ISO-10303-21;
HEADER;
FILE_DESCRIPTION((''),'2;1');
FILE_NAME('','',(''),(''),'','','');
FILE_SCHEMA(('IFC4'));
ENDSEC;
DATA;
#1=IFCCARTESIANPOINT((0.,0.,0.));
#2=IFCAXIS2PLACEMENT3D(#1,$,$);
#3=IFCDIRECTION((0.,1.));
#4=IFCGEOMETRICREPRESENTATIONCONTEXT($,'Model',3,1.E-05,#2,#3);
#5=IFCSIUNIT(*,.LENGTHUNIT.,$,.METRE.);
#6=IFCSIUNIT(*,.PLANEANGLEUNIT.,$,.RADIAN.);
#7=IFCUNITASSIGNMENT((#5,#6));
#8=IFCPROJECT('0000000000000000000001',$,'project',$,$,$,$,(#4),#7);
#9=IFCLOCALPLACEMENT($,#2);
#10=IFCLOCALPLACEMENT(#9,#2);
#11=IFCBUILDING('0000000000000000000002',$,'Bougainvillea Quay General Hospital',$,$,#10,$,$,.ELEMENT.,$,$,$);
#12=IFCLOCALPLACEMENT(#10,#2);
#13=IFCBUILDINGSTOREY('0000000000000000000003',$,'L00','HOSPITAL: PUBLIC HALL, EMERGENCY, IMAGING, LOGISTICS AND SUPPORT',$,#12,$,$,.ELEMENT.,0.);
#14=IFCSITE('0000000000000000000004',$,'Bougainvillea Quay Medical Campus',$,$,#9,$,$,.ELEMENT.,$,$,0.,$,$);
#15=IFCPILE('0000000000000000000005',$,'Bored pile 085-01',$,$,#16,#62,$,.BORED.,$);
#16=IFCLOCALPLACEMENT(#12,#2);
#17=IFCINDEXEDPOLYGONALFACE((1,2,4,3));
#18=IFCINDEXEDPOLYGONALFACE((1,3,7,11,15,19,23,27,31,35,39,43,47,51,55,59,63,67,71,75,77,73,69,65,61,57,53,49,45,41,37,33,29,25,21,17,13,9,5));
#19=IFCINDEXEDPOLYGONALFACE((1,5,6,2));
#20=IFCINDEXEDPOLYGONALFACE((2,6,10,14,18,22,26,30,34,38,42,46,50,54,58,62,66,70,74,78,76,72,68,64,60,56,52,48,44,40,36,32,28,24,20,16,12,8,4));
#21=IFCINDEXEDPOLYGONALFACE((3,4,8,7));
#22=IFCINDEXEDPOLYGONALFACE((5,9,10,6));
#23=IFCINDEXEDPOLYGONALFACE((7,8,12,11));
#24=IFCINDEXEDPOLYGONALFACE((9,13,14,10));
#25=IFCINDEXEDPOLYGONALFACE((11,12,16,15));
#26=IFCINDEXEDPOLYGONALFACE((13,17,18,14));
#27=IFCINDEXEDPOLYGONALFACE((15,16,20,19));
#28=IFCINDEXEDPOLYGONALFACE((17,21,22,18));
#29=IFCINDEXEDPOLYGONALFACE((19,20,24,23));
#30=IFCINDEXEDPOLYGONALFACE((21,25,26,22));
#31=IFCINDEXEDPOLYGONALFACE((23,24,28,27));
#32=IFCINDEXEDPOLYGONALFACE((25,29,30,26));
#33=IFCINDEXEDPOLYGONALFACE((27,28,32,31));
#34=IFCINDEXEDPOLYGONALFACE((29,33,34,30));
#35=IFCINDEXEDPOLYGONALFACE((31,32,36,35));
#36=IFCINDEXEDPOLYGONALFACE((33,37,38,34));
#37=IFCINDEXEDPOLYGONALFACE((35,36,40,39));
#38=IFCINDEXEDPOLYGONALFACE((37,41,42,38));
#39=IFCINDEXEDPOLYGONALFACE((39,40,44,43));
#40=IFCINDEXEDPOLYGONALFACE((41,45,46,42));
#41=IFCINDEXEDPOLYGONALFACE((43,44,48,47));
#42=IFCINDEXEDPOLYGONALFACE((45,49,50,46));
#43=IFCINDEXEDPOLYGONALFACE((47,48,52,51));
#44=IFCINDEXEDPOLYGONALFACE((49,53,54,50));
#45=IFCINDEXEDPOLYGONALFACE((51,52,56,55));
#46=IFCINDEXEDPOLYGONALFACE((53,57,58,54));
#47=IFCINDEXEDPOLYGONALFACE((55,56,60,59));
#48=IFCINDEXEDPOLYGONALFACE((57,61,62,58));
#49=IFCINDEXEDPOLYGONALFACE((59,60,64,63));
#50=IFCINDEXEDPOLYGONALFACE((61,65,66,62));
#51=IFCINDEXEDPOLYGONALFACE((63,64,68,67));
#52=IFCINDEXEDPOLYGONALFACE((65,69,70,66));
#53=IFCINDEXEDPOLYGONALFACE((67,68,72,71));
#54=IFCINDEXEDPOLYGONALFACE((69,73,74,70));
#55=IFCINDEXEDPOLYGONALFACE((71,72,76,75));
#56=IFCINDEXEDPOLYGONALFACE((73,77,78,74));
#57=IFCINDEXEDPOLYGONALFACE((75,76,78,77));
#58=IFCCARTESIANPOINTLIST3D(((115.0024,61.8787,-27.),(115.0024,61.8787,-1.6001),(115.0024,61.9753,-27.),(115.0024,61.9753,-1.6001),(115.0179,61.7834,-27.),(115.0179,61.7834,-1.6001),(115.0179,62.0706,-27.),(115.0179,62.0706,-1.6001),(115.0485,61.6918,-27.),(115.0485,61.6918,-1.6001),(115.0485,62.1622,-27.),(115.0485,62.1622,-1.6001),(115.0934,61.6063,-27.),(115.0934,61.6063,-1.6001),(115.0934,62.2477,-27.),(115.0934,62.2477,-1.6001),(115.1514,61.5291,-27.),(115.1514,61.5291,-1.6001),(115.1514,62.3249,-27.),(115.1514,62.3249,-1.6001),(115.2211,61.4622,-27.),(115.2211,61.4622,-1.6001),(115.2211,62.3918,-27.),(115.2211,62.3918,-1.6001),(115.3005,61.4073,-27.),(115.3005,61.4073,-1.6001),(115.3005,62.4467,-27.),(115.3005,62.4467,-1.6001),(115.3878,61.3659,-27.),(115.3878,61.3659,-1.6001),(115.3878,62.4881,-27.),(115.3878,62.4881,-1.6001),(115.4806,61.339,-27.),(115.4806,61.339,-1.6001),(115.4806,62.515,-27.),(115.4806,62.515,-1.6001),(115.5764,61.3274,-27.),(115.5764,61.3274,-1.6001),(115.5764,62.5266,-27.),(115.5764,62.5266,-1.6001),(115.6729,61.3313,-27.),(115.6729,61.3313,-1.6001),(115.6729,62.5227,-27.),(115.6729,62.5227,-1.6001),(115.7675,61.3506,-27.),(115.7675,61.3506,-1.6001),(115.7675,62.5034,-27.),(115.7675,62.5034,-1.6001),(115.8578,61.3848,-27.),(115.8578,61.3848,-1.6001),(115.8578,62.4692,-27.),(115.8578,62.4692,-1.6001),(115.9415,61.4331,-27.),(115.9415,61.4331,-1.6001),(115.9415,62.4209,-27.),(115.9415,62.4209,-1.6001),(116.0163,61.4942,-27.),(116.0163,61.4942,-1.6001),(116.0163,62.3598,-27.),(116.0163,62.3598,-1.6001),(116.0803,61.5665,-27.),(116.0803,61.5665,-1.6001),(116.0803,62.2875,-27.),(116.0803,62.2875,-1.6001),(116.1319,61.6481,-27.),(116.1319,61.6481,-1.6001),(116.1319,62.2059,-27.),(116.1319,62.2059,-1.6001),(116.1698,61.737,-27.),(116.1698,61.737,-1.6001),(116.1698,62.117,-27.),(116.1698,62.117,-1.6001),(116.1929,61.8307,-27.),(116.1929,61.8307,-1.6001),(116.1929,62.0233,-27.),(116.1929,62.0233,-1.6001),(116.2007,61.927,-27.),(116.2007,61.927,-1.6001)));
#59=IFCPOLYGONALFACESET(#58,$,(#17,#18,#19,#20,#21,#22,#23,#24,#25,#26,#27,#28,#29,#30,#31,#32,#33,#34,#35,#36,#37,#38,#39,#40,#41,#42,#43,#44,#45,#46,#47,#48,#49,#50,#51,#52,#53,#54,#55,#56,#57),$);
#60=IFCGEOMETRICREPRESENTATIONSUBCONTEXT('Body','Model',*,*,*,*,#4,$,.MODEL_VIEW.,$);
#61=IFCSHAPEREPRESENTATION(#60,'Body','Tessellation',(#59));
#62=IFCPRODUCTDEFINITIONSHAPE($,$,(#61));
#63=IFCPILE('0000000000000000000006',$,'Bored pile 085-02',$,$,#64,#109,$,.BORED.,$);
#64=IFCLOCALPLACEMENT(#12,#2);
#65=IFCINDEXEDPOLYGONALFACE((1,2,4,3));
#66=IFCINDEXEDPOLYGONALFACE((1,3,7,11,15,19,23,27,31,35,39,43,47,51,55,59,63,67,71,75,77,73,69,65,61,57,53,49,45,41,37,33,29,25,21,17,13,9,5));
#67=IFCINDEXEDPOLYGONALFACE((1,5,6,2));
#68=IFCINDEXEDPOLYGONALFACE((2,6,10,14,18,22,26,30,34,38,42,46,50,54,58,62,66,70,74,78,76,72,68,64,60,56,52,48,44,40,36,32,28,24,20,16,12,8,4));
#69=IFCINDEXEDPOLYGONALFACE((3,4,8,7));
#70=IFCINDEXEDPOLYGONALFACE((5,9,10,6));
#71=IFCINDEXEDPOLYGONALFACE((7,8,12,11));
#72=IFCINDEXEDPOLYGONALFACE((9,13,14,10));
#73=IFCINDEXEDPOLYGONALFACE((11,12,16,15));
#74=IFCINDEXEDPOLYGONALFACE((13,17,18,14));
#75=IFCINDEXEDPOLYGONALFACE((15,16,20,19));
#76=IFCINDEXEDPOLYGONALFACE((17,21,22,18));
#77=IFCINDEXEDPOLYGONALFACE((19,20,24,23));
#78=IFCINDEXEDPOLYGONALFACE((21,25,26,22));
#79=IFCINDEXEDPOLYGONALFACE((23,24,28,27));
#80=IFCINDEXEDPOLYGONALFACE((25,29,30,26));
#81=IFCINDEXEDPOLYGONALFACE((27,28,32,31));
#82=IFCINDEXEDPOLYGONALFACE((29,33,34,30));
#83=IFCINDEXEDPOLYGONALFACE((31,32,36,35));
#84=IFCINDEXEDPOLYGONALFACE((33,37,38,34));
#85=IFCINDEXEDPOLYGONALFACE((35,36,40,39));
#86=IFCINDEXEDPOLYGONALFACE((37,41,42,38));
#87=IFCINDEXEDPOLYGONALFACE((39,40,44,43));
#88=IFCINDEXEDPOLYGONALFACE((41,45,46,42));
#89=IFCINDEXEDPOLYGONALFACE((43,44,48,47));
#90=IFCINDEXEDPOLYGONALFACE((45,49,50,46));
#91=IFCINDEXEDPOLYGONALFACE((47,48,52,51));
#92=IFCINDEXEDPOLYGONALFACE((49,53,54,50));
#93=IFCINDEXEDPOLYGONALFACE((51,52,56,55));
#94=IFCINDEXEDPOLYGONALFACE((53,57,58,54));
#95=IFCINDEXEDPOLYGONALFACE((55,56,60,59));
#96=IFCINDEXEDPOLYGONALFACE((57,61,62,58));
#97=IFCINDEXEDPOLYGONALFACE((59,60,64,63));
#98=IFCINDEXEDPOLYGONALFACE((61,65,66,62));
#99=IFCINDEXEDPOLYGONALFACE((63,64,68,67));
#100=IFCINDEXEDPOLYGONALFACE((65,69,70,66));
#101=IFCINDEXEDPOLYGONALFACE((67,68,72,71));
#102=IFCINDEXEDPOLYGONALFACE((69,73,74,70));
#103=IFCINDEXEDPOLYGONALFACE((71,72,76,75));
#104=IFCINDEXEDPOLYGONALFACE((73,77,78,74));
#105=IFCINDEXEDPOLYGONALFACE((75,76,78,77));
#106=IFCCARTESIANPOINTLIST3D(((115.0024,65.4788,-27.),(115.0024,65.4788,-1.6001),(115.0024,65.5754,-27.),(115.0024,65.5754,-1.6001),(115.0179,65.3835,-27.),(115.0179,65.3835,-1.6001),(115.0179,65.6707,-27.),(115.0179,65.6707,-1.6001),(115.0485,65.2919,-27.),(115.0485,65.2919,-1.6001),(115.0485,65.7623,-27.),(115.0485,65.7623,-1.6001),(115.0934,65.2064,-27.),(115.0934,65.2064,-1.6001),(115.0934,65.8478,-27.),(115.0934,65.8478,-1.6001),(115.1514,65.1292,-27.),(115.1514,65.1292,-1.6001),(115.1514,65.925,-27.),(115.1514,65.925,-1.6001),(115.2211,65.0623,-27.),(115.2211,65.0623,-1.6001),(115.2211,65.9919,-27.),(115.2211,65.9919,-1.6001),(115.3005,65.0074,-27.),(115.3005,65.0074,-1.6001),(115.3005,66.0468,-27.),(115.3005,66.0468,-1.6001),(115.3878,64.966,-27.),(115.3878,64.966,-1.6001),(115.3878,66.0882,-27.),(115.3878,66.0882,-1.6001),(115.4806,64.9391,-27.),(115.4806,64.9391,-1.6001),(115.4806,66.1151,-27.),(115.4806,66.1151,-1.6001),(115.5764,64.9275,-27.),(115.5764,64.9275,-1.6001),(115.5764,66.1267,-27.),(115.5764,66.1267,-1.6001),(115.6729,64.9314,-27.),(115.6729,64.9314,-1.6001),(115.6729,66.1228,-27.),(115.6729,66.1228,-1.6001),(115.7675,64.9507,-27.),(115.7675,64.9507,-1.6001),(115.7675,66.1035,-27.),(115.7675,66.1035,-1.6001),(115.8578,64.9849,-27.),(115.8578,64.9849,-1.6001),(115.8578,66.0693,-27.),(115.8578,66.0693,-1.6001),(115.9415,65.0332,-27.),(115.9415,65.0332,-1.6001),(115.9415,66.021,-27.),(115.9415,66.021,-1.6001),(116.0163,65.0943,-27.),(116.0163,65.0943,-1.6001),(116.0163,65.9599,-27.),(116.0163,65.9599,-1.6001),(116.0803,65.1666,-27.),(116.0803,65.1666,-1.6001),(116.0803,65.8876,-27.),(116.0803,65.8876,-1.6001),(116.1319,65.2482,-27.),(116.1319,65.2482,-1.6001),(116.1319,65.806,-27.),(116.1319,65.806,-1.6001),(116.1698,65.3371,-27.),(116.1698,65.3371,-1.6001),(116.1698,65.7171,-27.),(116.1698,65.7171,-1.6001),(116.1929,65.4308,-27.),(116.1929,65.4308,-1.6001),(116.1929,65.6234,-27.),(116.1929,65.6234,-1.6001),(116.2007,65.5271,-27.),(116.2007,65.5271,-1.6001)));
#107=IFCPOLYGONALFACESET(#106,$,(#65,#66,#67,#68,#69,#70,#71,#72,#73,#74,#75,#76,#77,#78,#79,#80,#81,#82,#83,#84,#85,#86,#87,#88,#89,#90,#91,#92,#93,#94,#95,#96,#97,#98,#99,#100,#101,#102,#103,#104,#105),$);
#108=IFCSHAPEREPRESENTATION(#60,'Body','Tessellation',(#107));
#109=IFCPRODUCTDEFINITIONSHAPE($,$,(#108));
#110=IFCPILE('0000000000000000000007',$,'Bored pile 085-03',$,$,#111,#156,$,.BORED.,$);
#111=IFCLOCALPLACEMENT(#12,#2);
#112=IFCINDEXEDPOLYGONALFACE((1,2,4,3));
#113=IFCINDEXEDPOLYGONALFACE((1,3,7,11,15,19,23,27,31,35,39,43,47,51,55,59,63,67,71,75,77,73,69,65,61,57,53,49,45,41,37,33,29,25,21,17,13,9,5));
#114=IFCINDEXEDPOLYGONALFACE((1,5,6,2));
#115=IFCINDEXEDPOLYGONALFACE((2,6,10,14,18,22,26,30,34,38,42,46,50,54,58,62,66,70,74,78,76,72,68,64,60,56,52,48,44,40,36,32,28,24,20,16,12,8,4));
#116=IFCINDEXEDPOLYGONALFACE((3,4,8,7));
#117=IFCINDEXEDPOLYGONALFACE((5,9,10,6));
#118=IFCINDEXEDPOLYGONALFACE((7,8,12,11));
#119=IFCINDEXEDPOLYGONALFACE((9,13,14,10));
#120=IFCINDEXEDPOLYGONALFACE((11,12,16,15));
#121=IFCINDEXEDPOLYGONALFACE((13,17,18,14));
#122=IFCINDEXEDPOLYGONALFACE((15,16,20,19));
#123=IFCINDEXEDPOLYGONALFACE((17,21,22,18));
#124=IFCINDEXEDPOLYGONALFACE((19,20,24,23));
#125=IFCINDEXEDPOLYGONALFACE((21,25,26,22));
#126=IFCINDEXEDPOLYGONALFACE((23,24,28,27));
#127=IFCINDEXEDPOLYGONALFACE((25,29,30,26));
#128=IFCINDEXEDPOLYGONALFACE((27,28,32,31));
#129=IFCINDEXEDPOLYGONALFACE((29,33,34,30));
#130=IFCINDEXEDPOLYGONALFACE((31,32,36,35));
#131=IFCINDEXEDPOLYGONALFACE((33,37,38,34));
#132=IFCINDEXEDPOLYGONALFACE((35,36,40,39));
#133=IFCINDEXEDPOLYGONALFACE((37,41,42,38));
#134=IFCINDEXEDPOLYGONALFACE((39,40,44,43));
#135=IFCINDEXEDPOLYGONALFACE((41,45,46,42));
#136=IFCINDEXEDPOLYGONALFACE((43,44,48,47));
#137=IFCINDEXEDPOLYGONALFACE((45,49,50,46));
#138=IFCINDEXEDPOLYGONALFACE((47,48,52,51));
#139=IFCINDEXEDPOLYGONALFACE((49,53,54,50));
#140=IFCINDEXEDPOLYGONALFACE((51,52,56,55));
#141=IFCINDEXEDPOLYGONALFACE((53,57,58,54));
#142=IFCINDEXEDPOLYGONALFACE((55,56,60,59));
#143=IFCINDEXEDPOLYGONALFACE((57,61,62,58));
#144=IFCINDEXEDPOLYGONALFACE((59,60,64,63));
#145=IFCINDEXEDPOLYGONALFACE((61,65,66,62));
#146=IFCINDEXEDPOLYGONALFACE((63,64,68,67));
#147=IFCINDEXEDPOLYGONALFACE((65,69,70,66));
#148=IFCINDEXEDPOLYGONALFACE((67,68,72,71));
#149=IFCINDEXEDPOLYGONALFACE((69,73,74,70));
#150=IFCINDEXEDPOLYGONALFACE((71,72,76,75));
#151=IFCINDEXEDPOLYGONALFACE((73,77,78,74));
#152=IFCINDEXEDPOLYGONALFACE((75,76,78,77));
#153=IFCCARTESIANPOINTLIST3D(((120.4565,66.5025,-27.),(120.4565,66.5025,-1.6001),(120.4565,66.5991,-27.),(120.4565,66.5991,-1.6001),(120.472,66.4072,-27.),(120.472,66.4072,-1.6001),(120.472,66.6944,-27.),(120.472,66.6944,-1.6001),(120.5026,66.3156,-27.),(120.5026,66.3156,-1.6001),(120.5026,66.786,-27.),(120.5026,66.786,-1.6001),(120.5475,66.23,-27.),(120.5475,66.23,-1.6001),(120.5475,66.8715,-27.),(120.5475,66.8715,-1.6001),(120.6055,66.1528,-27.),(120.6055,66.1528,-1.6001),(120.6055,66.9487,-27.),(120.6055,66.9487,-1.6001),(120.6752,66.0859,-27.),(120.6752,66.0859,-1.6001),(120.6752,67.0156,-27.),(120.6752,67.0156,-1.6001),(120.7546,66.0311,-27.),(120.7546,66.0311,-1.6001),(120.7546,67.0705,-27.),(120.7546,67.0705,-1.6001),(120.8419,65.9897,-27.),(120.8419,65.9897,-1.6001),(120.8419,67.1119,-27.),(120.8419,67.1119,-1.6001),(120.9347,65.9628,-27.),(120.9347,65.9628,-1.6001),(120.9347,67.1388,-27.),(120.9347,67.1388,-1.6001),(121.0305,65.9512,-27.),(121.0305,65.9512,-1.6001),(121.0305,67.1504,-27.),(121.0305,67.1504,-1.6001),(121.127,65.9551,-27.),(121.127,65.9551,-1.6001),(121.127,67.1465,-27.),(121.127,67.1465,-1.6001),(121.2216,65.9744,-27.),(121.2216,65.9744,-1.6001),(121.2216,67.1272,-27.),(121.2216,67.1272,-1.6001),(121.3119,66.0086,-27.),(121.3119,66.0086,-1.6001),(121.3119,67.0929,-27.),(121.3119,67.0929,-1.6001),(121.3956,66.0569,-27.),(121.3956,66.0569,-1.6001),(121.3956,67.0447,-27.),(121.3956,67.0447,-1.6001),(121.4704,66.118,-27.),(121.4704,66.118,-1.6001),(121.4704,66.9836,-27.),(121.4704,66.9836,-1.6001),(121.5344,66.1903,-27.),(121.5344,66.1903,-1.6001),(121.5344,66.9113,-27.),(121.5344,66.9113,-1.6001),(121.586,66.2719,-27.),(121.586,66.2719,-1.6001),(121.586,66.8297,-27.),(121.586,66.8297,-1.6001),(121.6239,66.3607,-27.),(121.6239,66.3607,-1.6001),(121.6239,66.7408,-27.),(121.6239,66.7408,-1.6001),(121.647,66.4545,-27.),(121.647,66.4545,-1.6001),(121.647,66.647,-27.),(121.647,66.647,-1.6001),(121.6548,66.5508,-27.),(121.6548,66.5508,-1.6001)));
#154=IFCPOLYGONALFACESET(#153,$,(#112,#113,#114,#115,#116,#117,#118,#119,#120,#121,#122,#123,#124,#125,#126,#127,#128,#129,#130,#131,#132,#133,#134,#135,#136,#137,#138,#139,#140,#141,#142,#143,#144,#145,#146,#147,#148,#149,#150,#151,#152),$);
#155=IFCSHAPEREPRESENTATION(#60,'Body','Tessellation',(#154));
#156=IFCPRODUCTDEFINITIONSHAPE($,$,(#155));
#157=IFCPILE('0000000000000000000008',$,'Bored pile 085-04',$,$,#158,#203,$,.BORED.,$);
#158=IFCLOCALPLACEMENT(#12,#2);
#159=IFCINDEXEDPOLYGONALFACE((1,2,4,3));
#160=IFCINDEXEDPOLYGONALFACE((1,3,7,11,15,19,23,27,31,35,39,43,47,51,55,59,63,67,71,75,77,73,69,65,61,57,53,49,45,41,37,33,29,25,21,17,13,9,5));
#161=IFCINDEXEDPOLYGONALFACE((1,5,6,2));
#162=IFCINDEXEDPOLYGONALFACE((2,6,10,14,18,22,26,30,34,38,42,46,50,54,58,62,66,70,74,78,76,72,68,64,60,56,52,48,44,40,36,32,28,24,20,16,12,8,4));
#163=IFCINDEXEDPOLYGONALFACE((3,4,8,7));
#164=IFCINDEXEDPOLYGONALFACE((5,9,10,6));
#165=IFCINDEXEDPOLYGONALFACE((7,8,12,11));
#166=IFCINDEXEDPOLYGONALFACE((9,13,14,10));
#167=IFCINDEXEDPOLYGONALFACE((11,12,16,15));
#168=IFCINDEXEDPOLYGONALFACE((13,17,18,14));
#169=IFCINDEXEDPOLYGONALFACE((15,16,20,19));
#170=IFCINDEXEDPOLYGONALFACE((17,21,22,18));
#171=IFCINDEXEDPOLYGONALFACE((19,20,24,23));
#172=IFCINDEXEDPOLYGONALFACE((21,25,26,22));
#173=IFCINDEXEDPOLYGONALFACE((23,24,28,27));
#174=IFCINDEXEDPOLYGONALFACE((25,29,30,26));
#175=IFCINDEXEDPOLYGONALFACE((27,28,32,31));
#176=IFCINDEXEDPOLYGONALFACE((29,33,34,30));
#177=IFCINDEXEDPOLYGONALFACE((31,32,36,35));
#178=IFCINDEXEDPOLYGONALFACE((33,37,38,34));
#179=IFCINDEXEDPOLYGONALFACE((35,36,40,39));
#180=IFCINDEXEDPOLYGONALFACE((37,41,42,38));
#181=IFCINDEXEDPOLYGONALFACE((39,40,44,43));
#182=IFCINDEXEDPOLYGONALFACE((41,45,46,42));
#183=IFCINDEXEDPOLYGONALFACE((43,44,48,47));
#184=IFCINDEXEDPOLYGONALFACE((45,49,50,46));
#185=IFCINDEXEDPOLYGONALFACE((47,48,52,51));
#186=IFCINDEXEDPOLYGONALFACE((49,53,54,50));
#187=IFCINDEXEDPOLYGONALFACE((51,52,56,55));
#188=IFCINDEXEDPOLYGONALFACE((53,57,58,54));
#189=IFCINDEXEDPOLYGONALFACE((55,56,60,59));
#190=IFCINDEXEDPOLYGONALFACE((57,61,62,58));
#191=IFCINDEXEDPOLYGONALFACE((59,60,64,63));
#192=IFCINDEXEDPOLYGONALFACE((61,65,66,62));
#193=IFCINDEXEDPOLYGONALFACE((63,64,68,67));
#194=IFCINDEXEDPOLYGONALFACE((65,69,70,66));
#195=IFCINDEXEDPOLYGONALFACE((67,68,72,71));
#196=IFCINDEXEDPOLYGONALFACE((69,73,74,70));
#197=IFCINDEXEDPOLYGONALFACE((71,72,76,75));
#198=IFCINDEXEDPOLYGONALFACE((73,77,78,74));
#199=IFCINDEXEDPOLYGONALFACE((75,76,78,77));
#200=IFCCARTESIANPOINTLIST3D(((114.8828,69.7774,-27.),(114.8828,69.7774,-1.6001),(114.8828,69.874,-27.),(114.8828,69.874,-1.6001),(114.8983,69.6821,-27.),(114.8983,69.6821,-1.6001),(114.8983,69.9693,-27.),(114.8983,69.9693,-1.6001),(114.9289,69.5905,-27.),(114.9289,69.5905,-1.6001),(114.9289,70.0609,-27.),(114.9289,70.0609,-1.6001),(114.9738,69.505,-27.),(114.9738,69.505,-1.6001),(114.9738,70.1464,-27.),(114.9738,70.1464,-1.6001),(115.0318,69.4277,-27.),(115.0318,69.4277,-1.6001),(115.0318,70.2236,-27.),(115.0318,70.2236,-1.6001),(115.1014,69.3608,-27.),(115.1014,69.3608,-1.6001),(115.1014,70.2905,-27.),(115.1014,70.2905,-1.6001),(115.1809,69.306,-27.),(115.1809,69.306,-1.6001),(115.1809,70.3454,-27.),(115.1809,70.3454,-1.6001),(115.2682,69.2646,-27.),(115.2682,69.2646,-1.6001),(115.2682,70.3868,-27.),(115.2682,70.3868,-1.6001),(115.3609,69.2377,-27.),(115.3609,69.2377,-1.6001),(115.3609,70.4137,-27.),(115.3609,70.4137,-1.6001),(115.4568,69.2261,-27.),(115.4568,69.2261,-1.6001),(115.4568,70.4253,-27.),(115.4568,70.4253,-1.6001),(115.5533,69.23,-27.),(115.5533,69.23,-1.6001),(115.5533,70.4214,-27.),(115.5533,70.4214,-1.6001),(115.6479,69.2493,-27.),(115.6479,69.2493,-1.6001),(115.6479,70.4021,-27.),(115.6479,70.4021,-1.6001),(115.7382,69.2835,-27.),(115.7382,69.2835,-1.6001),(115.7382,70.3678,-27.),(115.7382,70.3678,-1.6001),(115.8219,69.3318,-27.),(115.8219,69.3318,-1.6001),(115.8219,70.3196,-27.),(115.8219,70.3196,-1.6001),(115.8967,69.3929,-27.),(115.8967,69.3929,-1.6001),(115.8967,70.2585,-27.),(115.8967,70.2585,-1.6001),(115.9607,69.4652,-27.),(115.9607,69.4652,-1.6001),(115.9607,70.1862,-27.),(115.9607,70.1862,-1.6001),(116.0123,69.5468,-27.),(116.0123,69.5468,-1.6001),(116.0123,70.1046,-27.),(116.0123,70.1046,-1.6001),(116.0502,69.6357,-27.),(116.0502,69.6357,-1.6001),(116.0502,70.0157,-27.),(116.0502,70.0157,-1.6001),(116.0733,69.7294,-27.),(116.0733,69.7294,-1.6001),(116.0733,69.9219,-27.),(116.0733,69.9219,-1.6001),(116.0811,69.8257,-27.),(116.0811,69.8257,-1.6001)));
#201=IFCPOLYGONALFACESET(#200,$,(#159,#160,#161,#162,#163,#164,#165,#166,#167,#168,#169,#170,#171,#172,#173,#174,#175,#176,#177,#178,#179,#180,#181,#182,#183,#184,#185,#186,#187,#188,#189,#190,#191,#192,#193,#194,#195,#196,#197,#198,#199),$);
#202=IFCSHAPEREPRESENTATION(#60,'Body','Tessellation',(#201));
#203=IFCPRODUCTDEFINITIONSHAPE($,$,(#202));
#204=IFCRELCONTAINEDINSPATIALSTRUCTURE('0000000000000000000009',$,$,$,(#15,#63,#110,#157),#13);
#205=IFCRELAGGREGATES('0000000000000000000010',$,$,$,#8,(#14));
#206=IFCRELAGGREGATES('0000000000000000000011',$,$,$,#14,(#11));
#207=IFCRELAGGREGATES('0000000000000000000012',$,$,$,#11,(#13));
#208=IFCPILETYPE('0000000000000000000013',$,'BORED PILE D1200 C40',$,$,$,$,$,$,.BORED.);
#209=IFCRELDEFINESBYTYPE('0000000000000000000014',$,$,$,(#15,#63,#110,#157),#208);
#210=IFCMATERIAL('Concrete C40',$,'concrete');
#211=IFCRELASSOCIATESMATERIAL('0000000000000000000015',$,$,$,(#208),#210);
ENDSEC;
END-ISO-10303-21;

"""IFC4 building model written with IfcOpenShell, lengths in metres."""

from ifc_helpers import new_model, si_unit, direction, frame, origin, origin_2d, place, context, subcontext, project, spatial, circle, extrude, material, material_profile, profile_set, type_object, element, save


model = new_model("IFC4")

# Units and contexts
model_context = context("Model", 3, precision=1e-05, world=origin(), true_north=direction((0.0, 1.0)))
body_context = subcontext(model_context, "Body", "Model", "MODEL_VIEW")
ifc_project = project(units=[si_unit("LENGTHUNIT", "METRE"), si_unit("PLANEANGLEUNIT", "RADIAN")], contexts=[model_context])

# Site, building, storey
site_placement = place(None, origin())
site = spatial("IfcSite", under=ifc_project, at=site_placement, Name="Bougainvillea Quay Medical Campus", CompositionType="ELEMENT", RefElevation=0.0)
building_placement = place(site_placement, origin())
building = spatial("IfcBuilding", under=site, at=building_placement, Name="Bougainvillea Quay General Hospital", CompositionType="ELEMENT")
storey_placement = place(building_placement, origin())
storey = spatial("IfcBuildingStorey", under=building, at=storey_placement, Name="L00", Description="HOSPITAL: PUBLIC HALL, EMERGENCY, IMAGING, LOGISTICS AND SUPPORT", CompositionType="ELEMENT", Elevation=0.0)

# Piles
ifc_material_1 = material(Name="Concrete C40", Category="concrete")
ifc_material_profile_1 = material_profile(ifc_material_1, circle(Radius=0.6001, at=origin_2d()))
ifc_profile_set_1 = profile_set([ifc_material_profile_1], Name="Concrete C40")
pile_type = type_object("IfcPileType", Name="BORED PILE D1200 C40", PredefinedType="BORED", material=ifc_profile_set_1)
for number, where, z_axis, x_axis, name in (
    (1, (115.6006, 61.927, -1.6001), (0.0, 0.0, -1.0), (1.0, 0.0, 0.0), "Bored pile 085-01"),
    (2, (115.6006, 65.5271, -1.6001), (0.0, 0.0, -1.0), (1.0, 0.0, 0.0), "Bored pile 085-02"),
    (3, (121.0547, 66.5508, -1.6001), (0.0, 0.0, -1.0), (1.0, 0.0, 0.0), "Bored pile 085-03"),
    (4, (115.481, 69.8257, -1.6001), (0.0, 0.0, -1.0), (1.0, 0.0, 0.0), "Bored pile 085-04"),
):
    element("IfcPile", number, at=place(storey_placement, frame(where, z_axis=z_axis, x_axis=x_axis)), inside=storey, type_object=pile_type, Name=name, PredefinedType="BORED", context=body_context, shape_type="SweptSolid", body=[
        extrude(circle(Radius=0.6001, at=origin_2d()), origin(), (0.0, 0.0, 1.0), 25.3999),
    ])

save(model, "model.ifc")
